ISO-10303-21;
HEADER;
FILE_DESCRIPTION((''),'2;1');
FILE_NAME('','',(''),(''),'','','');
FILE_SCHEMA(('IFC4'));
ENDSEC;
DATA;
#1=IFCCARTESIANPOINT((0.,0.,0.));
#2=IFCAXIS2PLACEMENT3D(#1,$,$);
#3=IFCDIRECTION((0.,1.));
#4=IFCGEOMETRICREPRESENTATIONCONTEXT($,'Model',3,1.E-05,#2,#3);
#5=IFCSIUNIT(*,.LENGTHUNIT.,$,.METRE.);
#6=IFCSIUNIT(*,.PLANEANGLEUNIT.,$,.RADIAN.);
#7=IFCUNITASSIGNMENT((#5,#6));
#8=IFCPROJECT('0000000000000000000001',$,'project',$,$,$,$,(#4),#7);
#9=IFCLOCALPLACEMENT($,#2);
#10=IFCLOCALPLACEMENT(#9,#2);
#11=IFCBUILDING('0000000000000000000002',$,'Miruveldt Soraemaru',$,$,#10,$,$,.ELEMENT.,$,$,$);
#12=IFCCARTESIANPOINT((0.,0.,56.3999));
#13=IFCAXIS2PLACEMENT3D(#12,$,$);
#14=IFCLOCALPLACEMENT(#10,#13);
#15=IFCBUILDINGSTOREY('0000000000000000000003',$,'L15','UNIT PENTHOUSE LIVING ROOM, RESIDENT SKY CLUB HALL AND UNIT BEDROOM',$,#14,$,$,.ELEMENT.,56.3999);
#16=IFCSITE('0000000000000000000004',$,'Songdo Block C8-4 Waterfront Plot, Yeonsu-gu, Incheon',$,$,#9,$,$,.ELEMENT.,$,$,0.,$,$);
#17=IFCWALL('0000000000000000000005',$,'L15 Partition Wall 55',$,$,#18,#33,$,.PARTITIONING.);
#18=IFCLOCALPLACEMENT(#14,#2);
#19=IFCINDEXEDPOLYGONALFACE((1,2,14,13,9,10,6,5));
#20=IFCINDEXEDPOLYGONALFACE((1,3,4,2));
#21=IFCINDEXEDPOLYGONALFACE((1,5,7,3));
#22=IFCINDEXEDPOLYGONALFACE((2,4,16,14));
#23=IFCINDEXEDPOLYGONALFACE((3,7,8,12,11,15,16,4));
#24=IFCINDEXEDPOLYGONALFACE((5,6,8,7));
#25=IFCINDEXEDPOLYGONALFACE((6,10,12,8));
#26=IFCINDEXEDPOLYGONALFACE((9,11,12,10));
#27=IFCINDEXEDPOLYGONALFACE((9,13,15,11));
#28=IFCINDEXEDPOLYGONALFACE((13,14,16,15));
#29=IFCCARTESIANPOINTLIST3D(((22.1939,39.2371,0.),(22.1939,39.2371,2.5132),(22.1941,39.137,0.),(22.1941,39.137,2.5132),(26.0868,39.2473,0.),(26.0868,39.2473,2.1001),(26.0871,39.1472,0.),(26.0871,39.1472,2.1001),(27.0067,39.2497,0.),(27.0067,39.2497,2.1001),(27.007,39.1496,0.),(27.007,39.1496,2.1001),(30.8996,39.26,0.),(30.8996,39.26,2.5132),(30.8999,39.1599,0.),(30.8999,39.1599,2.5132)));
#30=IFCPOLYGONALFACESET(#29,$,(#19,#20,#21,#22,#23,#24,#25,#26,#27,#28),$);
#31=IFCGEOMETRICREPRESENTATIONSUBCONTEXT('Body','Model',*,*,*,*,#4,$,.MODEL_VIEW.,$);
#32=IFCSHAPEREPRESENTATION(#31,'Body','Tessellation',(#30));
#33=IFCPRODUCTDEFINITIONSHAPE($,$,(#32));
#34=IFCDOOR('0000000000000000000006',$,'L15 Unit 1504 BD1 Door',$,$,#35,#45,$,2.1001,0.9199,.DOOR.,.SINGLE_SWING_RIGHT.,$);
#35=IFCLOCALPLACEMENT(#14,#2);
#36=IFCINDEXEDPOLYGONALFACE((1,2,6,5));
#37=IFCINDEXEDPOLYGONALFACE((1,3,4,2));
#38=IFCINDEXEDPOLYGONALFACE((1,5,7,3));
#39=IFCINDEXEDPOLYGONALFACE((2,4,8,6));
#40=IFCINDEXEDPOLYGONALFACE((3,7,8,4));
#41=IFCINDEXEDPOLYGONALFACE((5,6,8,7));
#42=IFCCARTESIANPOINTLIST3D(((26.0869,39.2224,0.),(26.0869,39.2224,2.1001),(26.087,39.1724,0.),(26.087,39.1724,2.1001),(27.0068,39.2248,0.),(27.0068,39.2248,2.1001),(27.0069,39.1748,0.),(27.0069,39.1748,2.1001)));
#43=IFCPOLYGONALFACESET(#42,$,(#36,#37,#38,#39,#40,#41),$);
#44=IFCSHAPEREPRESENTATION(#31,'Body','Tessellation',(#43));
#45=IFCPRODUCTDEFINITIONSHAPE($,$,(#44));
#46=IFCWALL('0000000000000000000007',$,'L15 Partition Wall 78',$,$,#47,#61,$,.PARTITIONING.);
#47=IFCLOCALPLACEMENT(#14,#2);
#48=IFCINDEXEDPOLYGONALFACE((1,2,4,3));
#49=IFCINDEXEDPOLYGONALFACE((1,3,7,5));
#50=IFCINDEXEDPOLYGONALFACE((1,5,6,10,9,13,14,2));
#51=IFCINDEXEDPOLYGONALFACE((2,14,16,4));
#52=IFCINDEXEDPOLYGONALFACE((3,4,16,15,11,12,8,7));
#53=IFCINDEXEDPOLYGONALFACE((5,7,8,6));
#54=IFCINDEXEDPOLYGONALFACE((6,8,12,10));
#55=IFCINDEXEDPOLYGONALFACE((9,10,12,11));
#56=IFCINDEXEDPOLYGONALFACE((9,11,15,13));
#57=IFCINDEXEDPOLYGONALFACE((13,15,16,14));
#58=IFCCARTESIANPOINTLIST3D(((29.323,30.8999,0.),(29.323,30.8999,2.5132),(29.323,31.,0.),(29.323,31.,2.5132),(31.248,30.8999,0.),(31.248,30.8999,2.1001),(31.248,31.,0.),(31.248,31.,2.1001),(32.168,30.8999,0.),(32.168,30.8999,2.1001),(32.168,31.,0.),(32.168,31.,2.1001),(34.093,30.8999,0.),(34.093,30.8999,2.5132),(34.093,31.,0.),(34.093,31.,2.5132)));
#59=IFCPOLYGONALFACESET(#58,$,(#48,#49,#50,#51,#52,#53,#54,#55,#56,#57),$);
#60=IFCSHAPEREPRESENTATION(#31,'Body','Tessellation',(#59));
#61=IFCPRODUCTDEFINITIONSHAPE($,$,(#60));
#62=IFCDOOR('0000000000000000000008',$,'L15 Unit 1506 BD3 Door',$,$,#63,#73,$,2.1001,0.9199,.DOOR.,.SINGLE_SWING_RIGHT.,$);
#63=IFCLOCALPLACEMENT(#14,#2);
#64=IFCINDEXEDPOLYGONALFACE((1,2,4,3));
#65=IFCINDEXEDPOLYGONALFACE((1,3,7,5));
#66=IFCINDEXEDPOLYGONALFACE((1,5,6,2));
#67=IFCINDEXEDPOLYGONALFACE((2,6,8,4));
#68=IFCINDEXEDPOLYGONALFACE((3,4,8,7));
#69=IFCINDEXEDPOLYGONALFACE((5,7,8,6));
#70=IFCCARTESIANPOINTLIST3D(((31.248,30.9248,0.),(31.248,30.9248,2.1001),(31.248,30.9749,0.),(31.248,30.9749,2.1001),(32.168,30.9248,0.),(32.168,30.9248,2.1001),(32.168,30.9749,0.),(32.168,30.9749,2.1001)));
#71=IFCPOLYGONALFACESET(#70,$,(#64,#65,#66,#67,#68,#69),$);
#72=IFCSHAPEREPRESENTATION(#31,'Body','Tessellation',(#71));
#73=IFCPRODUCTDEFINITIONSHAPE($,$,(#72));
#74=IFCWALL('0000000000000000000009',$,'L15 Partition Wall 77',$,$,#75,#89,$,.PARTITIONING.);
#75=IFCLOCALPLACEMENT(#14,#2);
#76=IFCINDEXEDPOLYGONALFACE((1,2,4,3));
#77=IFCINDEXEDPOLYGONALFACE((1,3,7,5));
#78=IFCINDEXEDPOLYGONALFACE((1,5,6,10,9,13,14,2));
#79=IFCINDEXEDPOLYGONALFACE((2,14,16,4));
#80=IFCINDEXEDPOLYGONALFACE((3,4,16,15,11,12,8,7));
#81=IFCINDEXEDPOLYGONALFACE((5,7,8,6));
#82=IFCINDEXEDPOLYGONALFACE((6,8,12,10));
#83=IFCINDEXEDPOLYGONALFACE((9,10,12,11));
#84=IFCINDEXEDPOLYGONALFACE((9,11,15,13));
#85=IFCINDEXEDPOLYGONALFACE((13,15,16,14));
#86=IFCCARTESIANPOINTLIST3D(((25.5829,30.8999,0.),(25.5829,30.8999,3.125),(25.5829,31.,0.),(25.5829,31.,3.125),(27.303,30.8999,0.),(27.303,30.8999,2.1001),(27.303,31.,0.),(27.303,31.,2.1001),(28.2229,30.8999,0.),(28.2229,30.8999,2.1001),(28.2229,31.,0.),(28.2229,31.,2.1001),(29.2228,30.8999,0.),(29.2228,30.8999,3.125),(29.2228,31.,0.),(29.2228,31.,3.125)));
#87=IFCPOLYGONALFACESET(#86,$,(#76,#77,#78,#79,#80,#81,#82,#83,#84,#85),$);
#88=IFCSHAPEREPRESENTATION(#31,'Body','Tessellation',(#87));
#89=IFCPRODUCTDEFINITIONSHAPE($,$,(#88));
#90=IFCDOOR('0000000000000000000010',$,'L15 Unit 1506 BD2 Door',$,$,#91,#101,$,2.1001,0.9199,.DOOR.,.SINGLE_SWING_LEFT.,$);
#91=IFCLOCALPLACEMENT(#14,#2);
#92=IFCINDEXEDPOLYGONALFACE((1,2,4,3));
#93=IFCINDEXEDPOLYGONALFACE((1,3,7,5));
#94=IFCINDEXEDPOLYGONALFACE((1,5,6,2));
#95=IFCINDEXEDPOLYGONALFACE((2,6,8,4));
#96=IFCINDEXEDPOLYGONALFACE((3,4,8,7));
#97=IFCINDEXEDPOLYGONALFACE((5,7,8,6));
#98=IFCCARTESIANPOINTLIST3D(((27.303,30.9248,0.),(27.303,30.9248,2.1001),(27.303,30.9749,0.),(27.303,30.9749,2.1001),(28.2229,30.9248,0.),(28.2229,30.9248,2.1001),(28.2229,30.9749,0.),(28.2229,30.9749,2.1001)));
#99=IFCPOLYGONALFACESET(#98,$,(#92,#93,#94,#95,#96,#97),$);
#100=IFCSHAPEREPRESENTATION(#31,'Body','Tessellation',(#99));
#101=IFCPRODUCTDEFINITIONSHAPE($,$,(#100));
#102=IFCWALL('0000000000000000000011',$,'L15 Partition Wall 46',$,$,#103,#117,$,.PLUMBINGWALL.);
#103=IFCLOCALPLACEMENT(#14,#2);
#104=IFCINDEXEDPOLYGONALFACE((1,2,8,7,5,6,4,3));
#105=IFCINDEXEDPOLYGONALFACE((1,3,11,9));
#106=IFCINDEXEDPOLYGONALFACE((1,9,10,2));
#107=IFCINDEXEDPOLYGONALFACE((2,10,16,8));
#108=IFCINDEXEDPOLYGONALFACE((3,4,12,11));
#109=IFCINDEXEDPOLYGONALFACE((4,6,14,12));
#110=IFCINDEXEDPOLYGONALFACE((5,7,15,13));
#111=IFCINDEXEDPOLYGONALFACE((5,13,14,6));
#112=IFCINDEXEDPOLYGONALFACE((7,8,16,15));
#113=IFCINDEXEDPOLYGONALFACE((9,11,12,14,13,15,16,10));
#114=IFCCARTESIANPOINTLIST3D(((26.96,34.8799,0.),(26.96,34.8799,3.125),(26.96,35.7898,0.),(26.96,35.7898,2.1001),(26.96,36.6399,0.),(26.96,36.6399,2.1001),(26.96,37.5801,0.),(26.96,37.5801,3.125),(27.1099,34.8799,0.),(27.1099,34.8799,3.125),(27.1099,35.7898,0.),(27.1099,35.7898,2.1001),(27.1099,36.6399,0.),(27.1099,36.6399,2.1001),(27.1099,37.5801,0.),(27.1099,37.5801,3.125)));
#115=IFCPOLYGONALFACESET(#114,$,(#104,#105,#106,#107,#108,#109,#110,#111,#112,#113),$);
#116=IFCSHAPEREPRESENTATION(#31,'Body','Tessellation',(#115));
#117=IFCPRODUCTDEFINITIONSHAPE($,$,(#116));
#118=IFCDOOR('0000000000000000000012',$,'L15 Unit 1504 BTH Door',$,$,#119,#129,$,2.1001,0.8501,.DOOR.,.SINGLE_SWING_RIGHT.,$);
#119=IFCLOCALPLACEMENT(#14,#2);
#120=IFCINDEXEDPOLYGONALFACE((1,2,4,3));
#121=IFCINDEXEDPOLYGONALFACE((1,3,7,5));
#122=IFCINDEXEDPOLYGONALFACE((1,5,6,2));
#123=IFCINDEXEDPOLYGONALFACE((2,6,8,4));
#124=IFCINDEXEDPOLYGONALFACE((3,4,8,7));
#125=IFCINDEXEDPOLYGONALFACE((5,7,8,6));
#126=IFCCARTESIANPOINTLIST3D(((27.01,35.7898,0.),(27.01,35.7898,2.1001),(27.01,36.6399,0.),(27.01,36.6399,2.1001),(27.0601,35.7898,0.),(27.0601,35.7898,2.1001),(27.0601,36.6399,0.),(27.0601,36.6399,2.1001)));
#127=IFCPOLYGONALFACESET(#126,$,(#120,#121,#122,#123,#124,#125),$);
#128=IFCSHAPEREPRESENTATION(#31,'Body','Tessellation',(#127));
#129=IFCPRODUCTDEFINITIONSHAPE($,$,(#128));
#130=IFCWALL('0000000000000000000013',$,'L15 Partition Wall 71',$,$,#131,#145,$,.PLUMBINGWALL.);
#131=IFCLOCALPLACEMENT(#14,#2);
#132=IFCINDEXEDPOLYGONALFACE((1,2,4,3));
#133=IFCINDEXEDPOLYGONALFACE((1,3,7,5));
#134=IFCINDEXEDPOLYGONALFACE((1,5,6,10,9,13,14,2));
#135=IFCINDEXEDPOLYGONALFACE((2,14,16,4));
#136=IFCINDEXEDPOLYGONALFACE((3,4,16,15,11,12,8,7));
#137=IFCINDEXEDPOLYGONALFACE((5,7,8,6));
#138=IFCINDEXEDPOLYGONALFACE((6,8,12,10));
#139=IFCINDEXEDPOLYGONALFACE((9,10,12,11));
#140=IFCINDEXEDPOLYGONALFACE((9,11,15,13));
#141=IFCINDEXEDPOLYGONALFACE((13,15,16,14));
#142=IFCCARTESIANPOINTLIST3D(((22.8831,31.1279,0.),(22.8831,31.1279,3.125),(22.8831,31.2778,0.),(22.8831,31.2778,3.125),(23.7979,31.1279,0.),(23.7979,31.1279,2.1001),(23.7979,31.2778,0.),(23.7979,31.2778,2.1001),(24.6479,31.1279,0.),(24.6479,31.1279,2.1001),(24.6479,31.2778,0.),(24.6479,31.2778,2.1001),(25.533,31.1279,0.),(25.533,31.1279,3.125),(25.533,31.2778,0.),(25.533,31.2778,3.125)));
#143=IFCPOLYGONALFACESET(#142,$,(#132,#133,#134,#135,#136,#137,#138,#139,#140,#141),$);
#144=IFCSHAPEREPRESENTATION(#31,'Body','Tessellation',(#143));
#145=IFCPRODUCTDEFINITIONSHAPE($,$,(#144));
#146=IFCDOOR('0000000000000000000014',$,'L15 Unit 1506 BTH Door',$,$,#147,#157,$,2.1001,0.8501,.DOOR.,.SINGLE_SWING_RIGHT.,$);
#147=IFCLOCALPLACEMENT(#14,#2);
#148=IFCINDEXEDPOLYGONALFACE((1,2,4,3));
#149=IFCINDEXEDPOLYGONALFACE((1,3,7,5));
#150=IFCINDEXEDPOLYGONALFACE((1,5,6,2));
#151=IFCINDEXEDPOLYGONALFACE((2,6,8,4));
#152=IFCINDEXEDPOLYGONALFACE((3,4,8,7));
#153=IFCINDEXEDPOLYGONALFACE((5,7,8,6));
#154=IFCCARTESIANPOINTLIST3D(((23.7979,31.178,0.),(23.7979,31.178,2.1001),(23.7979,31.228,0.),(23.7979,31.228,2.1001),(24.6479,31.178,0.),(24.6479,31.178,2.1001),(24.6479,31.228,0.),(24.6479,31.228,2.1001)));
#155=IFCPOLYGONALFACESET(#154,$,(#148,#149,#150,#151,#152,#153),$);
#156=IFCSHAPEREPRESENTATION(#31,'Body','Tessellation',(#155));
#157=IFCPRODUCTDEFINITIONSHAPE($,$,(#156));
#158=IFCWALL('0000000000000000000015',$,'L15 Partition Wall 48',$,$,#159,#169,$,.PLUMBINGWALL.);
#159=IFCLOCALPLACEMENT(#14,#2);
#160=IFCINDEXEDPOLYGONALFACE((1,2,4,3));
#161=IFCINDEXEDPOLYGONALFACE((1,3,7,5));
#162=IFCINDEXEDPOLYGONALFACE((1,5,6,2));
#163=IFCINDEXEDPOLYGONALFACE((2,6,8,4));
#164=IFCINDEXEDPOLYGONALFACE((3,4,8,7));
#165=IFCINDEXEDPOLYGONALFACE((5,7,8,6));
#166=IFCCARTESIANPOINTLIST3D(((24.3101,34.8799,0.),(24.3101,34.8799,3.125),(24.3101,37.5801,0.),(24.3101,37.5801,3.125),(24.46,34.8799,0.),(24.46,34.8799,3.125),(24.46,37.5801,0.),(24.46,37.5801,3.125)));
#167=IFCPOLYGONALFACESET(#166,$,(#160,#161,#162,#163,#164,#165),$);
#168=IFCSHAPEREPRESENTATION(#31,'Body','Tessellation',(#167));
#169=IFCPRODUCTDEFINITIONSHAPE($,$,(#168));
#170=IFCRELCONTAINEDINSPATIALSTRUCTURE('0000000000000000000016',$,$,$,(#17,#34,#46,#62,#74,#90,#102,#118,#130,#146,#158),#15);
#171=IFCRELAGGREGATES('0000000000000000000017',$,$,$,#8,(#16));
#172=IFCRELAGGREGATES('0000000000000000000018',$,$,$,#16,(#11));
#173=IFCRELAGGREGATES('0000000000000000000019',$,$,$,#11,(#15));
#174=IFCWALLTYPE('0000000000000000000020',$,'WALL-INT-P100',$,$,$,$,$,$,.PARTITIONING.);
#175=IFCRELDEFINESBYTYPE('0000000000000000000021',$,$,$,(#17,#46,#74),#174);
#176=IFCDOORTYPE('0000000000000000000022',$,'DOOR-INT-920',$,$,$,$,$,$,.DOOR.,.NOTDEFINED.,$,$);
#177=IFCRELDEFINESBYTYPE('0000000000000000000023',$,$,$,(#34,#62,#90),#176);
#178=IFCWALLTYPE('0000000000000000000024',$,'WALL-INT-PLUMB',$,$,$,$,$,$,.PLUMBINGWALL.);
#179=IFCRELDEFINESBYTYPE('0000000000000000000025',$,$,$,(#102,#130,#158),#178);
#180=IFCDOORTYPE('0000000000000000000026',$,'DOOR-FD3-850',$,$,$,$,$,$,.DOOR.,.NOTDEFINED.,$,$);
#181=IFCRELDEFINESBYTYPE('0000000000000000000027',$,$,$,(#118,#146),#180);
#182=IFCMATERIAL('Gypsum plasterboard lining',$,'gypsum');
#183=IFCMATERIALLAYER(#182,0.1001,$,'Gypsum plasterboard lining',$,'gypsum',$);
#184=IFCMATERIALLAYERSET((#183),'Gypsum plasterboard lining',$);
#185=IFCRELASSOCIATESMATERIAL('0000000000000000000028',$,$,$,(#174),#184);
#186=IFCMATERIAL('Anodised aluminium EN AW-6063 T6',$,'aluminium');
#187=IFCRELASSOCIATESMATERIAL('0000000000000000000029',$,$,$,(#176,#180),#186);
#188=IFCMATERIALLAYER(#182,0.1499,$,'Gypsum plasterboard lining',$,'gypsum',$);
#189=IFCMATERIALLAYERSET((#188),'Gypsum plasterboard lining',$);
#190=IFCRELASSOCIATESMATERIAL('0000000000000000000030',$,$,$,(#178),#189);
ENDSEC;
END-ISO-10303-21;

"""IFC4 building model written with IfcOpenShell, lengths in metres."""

from ifc_helpers import new_model, si_unit, direction, frame, frame_2d, origin, place, context, subcontext, project, spatial, rectangle, extrude, material, layer, layer_set, type_object, element, fill, save


model = new_model("IFC4")

# Units and contexts
model_context = context("Model", 3, precision=1e-05, world=origin(), true_north=direction((0.0, 1.0)))
body_context = subcontext(model_context, "Body", "Model", "MODEL_VIEW")
ifc_project = project(units=[si_unit("LENGTHUNIT", "METRE"), si_unit("PLANEANGLEUNIT", "RADIAN")], contexts=[model_context])

# Site, building, storey
site_placement = place(None, origin())
site = spatial("IfcSite", under=ifc_project, at=site_placement, Name="Songdo Block C8-4 Waterfront Plot, Yeonsu-gu, Incheon", CompositionType="ELEMENT", RefElevation=0.0)
building_placement = place(site_placement, origin())
building = spatial("IfcBuilding", under=site, at=building_placement, Name="Miruveldt Soraemaru", CompositionType="ELEMENT")
storey_placement = place(building_placement, frame((0.0, 0.0, 56.3999)))
storey = spatial("IfcBuildingStorey", under=building, at=storey_placement, Name="L15", Description="UNIT PENTHOUSE LIVING ROOM, RESIDENT SKY CLUB HALL AND UNIT BEDROOM", CompositionType="ELEMENT", Elevation=56.3999)

# Walls, openings, doors
ifc_material_1 = material(Name="Gypsum plasterboard lining", Category="gypsum")
ifc_layer_1 = layer(ifc_material_1, 0.1001, Name="Gypsum plasterboard lining", Category="gypsum")
ifc_layer_set_1 = layer_set([ifc_layer_1], Name="Gypsum plasterboard lining")
wall_type_1 = type_object("IfcWallType", Name="WALL-INT-P100", PredefinedType="PARTITIONING", material=ifc_layer_set_1)
wall_1_placement = place(storey_placement, frame((30.8999, 39.21, 0.0), z_axis=(0.0, 0.0, 1.0), x_axis=(-0.999997, -0.002636, 0.0)))
wall_1 = element("IfcWall", 1, at=wall_1_placement, inside=storey, type_object=wall_type_1, Name="L15 Partition Wall 55", PredefinedType="PARTITIONING", context=body_context, shape_type="SweptSolid", body=[
    extrude(rectangle(XDim=8.7058, YDim=0.1001, at=frame_2d((4.353, 0.0))), origin(), (0.0, 0.0, 1.0), 2.5132),
])
opening_1_placement = place(wall_1_placement, frame((3.8931, 0.0, 0.0)))
opening_1 = element("IfcOpeningElement", 2, at=opening_1_placement, cuts=wall_1, PredefinedType="OPENING", context=body_context, shape_type="SweptSolid", body=[
    extrude(rectangle(XDim=0.9199, YDim=2.1001, at=frame_2d((0.46, 1.05))), frame((0.0, 0.0601, 0.0), z_axis=(0.0, -1.0, 0.0), x_axis=(1.0, 0.0, 0.0)), (0.0, 0.0, 1.0), 0.1201),
])
ifc_material_2 = material(Name="Anodised aluminium EN AW-6063 T6", Category="aluminium")
door_type_1 = type_object("IfcDoorType", Name="DOOR-INT-920", OperationType="NOTDEFINED", PredefinedType="DOOR", material=ifc_material_2)
door_1_placement = place(opening_1_placement, origin())
door_1 = element("IfcDoor", 3, at=door_1_placement, inside=storey, type_object=door_type_1, Name="L15 Unit 1504 BD1 Door", OperationType="SINGLE_SWING_RIGHT", OverallHeight=2.1001, OverallWidth=0.9199, PredefinedType="DOOR", context=body_context, shape_type="SweptSolid", body=[
    extrude(rectangle(XDim=0.9199, YDim=2.1001, at=frame_2d((0.46, 1.05))), frame((0.0, 0.0249, 0.0), z_axis=(0.0, -1.0, 0.0), x_axis=(1.0, 0.0, 0.0)), (0.0, 0.0, 1.0), 0.05),
])
fill(opening_1, door_1)
wall_2_placement = place(storey_placement, frame((29.323, 30.95, 0.0), z_axis=(0.0, 0.0, 1.0), x_axis=(1.0, 0.0, 0.0)))
wall_2 = element("IfcWall", 4, at=wall_2_placement, inside=storey, type_object=wall_type_1, Name="L15 Partition Wall 78", PredefinedType="PARTITIONING", context=body_context, shape_type="SweptSolid", body=[
    extrude(rectangle(XDim=4.77, YDim=0.1001, at=frame_2d((2.385, 0.0))), origin(), (0.0, 0.0, 1.0), 2.5132),
])
opening_2_placement = place(wall_2_placement, frame((1.925, 0.0, 0.0)))
opening_2 = element("IfcOpeningElement", 5, at=opening_2_placement, cuts=wall_2, PredefinedType="OPENING", context=body_context, shape_type="SweptSolid", body=[
    extrude(rectangle(XDim=0.9199, YDim=2.1001, at=frame_2d((0.46, 1.05))), frame((0.0, 0.0601, 0.0), z_axis=(0.0, -1.0, 0.0), x_axis=(1.0, 0.0, 0.0)), (0.0, 0.0, 1.0), 0.1201),
])
door_2_placement = place(opening_2_placement, origin())
door_2 = element("IfcDoor", 6, at=door_2_placement, inside=storey, type_object=door_type_1, Name="L15 Unit 1506 BD3 Door", OperationType="SINGLE_SWING_RIGHT", OverallHeight=2.1001, OverallWidth=0.9199, PredefinedType="DOOR", context=body_context, shape_type="SweptSolid", body=[
    extrude(rectangle(XDim=0.9199, YDim=2.1001, at=frame_2d((0.46, 1.05))), frame((0.0, 0.0249, 0.0), z_axis=(0.0, -1.0, 0.0), x_axis=(1.0, 0.0, 0.0)), (0.0, 0.0, 1.0), 0.05),
])
fill(opening_2, door_2)
wall_3_placement = place(storey_placement, frame((25.583, 30.95, 0.0), z_axis=(0.0, 0.0, 1.0), x_axis=(1.0, 0.0, 0.0)))
wall_3 = element("IfcWall", 7, at=wall_3_placement, inside=storey, type_object=wall_type_1, Name="L15 Partition Wall 77", PredefinedType="PARTITIONING", context=body_context, shape_type="SweptSolid", body=[
    extrude(rectangle(XDim=3.6399, YDim=0.1001, at=frame_2d((1.8198, 0.0))), origin(), (0.0, 0.0, 1.0), 3.125),
])
opening_3_placement = place(wall_3_placement, frame((1.72, 0.0, 0.0)))
opening_3 = element("IfcOpeningElement", 8, at=opening_3_placement, cuts=wall_3, PredefinedType="OPENING", context=body_context, shape_type="SweptSolid", body=[
    extrude(rectangle(XDim=0.9199, YDim=2.1001, at=frame_2d((0.46, 1.05))), frame((0.0, 0.0601, 0.0), z_axis=(0.0, -1.0, 0.0), x_axis=(1.0, 0.0, 0.0)), (0.0, 0.0, 1.0), 0.1201),
])
door_3_placement = place(opening_3_placement, origin())
door_3 = element("IfcDoor", 9, at=door_3_placement, inside=storey, type_object=door_type_1, Name="L15 Unit 1506 BD2 Door", OperationType="SINGLE_SWING_LEFT", OverallHeight=2.1001, OverallWidth=0.9199, PredefinedType="DOOR", context=body_context, shape_type="SweptSolid", body=[
    extrude(rectangle(XDim=0.9199, YDim=2.1001, at=frame_2d((0.46, 1.05))), frame((0.0, 0.0249, 0.0), z_axis=(0.0, -1.0, 0.0), x_axis=(1.0, 0.0, 0.0)), (0.0, 0.0, 1.0), 0.05),
])
fill(opening_3, door_3)
ifc_layer_2 = layer(ifc_material_1, 0.1499, Name="Gypsum plasterboard lining", Category="gypsum")
ifc_layer_set_2 = layer_set([ifc_layer_2], Name="Gypsum plasterboard lining")
wall_type_2 = type_object("IfcWallType", Name="WALL-INT-PLUMB", PredefinedType="PLUMBINGWALL", material=ifc_layer_set_2)
wall_4_placement = place(storey_placement, frame((27.0349, 34.8799, 0.0), z_axis=(0.0, 0.0, 1.0), x_axis=(0.0, 1.0, 0.0)))
wall_4 = element("IfcWall", 10, at=wall_4_placement, inside=storey, type_object=wall_type_2, Name="L15 Partition Wall 46", PredefinedType="PLUMBINGWALL", context=body_context, shape_type="SweptSolid", body=[
    extrude(rectangle(XDim=2.7002, YDim=0.1499, at=frame_2d((1.3501, 0.0))), origin(), (0.0, 0.0, 1.0), 3.125),
])
opening_4_placement = place(wall_4_placement, frame((0.9099, 0.0, 0.0)))
opening_4 = element("IfcOpeningElement", 11, at=opening_4_placement, cuts=wall_4, PredefinedType="OPENING", context=body_context, shape_type="SweptSolid", body=[
    extrude(rectangle(XDim=0.8501, YDim=2.1001, at=frame_2d((0.425, 1.05))), frame((0.0, 0.085, 0.0), z_axis=(0.0, -1.0, 0.0), x_axis=(1.0, 0.0, 0.0)), (0.0, 0.0, 1.0), 0.1699),
])
door_type_2 = type_object("IfcDoorType", Name="DOOR-FD3-850", OperationType="NOTDEFINED", PredefinedType="DOOR", material=ifc_material_2)
door_4_placement = place(opening_4_placement, origin())
door_4 = element("IfcDoor", 12, at=door_4_placement, inside=storey, type_object=door_type_2, Name="L15 Unit 1504 BTH Door", OperationType="SINGLE_SWING_RIGHT", OverallHeight=2.1001, OverallWidth=0.8501, PredefinedType="DOOR", context=body_context, shape_type="SweptSolid", body=[
    extrude(rectangle(XDim=0.8501, YDim=2.1001, at=frame_2d((0.425, 1.05))), frame((0.0, 0.0249, 0.0), z_axis=(0.0, -1.0, 0.0), x_axis=(1.0, 0.0, 0.0)), (0.0, 0.0, 1.0), 0.05),
])
fill(opening_4, door_4)
wall_5_placement = place(storey_placement, frame((25.533, 31.2029, 0.0), z_axis=(0.0, 0.0, 1.0), x_axis=(-1.0, 0.0, 0.0)))
wall_5 = element("IfcWall", 13, at=wall_5_placement, inside=storey, type_object=wall_type_2, Name="L15 Partition Wall 71", PredefinedType="PLUMBINGWALL", context=body_context, shape_type="SweptSolid", body=[
    extrude(rectangle(XDim=2.6499, YDim=0.1499, at=frame_2d((1.325, 0.0))), origin(), (0.0, 0.0, 1.0), 3.125),
])
opening_5_placement = place(wall_5_placement, frame((0.885, 0.0, 0.0)))
opening_5 = element("IfcOpeningElement", 14, at=opening_5_placement, cuts=wall_5, PredefinedType="OPENING", context=body_context, shape_type="SweptSolid", body=[
    extrude(rectangle(XDim=0.8501, YDim=2.1001, at=frame_2d((0.425, 1.05))), frame((0.0, 0.085, 0.0), z_axis=(0.0, -1.0, 0.0), x_axis=(1.0, 0.0, 0.0)), (0.0, 0.0, 1.0), 0.1699),
])
door_5_placement = place(opening_5_placement, origin())
door_5 = element("IfcDoor", 15, at=door_5_placement, inside=storey, type_object=door_type_2, Name="L15 Unit 1506 BTH Door", OperationType="SINGLE_SWING_RIGHT", OverallHeight=2.1001, OverallWidth=0.8501, PredefinedType="DOOR", context=body_context, shape_type="SweptSolid", body=[
    extrude(rectangle(XDim=0.8501, YDim=2.1001, at=frame_2d((0.425, 1.05))), frame((0.0, 0.0249, 0.0), z_axis=(0.0, -1.0, 0.0), x_axis=(1.0, 0.0, 0.0)), (0.0, 0.0, 1.0), 0.05),
])
fill(opening_5, door_5)

# Wall
wall_6_placement = place(storey_placement, frame((24.385, 37.5801, 0.0), z_axis=(0.0, 0.0, 1.0), x_axis=(0.0, -1.0, 0.0)))
element("IfcWall", 16, at=wall_6_placement, inside=storey, type_object=wall_type_2, Name="L15 Partition Wall 48", PredefinedType="PLUMBINGWALL", context=body_context, shape_type="SweptSolid", body=[
    extrude(rectangle(XDim=2.7002, YDim=0.1499, at=frame_2d((1.3501, 0.0))), origin(), (0.0, 0.0, 1.0), 3.125),
])

save(model, "model.ifc")
